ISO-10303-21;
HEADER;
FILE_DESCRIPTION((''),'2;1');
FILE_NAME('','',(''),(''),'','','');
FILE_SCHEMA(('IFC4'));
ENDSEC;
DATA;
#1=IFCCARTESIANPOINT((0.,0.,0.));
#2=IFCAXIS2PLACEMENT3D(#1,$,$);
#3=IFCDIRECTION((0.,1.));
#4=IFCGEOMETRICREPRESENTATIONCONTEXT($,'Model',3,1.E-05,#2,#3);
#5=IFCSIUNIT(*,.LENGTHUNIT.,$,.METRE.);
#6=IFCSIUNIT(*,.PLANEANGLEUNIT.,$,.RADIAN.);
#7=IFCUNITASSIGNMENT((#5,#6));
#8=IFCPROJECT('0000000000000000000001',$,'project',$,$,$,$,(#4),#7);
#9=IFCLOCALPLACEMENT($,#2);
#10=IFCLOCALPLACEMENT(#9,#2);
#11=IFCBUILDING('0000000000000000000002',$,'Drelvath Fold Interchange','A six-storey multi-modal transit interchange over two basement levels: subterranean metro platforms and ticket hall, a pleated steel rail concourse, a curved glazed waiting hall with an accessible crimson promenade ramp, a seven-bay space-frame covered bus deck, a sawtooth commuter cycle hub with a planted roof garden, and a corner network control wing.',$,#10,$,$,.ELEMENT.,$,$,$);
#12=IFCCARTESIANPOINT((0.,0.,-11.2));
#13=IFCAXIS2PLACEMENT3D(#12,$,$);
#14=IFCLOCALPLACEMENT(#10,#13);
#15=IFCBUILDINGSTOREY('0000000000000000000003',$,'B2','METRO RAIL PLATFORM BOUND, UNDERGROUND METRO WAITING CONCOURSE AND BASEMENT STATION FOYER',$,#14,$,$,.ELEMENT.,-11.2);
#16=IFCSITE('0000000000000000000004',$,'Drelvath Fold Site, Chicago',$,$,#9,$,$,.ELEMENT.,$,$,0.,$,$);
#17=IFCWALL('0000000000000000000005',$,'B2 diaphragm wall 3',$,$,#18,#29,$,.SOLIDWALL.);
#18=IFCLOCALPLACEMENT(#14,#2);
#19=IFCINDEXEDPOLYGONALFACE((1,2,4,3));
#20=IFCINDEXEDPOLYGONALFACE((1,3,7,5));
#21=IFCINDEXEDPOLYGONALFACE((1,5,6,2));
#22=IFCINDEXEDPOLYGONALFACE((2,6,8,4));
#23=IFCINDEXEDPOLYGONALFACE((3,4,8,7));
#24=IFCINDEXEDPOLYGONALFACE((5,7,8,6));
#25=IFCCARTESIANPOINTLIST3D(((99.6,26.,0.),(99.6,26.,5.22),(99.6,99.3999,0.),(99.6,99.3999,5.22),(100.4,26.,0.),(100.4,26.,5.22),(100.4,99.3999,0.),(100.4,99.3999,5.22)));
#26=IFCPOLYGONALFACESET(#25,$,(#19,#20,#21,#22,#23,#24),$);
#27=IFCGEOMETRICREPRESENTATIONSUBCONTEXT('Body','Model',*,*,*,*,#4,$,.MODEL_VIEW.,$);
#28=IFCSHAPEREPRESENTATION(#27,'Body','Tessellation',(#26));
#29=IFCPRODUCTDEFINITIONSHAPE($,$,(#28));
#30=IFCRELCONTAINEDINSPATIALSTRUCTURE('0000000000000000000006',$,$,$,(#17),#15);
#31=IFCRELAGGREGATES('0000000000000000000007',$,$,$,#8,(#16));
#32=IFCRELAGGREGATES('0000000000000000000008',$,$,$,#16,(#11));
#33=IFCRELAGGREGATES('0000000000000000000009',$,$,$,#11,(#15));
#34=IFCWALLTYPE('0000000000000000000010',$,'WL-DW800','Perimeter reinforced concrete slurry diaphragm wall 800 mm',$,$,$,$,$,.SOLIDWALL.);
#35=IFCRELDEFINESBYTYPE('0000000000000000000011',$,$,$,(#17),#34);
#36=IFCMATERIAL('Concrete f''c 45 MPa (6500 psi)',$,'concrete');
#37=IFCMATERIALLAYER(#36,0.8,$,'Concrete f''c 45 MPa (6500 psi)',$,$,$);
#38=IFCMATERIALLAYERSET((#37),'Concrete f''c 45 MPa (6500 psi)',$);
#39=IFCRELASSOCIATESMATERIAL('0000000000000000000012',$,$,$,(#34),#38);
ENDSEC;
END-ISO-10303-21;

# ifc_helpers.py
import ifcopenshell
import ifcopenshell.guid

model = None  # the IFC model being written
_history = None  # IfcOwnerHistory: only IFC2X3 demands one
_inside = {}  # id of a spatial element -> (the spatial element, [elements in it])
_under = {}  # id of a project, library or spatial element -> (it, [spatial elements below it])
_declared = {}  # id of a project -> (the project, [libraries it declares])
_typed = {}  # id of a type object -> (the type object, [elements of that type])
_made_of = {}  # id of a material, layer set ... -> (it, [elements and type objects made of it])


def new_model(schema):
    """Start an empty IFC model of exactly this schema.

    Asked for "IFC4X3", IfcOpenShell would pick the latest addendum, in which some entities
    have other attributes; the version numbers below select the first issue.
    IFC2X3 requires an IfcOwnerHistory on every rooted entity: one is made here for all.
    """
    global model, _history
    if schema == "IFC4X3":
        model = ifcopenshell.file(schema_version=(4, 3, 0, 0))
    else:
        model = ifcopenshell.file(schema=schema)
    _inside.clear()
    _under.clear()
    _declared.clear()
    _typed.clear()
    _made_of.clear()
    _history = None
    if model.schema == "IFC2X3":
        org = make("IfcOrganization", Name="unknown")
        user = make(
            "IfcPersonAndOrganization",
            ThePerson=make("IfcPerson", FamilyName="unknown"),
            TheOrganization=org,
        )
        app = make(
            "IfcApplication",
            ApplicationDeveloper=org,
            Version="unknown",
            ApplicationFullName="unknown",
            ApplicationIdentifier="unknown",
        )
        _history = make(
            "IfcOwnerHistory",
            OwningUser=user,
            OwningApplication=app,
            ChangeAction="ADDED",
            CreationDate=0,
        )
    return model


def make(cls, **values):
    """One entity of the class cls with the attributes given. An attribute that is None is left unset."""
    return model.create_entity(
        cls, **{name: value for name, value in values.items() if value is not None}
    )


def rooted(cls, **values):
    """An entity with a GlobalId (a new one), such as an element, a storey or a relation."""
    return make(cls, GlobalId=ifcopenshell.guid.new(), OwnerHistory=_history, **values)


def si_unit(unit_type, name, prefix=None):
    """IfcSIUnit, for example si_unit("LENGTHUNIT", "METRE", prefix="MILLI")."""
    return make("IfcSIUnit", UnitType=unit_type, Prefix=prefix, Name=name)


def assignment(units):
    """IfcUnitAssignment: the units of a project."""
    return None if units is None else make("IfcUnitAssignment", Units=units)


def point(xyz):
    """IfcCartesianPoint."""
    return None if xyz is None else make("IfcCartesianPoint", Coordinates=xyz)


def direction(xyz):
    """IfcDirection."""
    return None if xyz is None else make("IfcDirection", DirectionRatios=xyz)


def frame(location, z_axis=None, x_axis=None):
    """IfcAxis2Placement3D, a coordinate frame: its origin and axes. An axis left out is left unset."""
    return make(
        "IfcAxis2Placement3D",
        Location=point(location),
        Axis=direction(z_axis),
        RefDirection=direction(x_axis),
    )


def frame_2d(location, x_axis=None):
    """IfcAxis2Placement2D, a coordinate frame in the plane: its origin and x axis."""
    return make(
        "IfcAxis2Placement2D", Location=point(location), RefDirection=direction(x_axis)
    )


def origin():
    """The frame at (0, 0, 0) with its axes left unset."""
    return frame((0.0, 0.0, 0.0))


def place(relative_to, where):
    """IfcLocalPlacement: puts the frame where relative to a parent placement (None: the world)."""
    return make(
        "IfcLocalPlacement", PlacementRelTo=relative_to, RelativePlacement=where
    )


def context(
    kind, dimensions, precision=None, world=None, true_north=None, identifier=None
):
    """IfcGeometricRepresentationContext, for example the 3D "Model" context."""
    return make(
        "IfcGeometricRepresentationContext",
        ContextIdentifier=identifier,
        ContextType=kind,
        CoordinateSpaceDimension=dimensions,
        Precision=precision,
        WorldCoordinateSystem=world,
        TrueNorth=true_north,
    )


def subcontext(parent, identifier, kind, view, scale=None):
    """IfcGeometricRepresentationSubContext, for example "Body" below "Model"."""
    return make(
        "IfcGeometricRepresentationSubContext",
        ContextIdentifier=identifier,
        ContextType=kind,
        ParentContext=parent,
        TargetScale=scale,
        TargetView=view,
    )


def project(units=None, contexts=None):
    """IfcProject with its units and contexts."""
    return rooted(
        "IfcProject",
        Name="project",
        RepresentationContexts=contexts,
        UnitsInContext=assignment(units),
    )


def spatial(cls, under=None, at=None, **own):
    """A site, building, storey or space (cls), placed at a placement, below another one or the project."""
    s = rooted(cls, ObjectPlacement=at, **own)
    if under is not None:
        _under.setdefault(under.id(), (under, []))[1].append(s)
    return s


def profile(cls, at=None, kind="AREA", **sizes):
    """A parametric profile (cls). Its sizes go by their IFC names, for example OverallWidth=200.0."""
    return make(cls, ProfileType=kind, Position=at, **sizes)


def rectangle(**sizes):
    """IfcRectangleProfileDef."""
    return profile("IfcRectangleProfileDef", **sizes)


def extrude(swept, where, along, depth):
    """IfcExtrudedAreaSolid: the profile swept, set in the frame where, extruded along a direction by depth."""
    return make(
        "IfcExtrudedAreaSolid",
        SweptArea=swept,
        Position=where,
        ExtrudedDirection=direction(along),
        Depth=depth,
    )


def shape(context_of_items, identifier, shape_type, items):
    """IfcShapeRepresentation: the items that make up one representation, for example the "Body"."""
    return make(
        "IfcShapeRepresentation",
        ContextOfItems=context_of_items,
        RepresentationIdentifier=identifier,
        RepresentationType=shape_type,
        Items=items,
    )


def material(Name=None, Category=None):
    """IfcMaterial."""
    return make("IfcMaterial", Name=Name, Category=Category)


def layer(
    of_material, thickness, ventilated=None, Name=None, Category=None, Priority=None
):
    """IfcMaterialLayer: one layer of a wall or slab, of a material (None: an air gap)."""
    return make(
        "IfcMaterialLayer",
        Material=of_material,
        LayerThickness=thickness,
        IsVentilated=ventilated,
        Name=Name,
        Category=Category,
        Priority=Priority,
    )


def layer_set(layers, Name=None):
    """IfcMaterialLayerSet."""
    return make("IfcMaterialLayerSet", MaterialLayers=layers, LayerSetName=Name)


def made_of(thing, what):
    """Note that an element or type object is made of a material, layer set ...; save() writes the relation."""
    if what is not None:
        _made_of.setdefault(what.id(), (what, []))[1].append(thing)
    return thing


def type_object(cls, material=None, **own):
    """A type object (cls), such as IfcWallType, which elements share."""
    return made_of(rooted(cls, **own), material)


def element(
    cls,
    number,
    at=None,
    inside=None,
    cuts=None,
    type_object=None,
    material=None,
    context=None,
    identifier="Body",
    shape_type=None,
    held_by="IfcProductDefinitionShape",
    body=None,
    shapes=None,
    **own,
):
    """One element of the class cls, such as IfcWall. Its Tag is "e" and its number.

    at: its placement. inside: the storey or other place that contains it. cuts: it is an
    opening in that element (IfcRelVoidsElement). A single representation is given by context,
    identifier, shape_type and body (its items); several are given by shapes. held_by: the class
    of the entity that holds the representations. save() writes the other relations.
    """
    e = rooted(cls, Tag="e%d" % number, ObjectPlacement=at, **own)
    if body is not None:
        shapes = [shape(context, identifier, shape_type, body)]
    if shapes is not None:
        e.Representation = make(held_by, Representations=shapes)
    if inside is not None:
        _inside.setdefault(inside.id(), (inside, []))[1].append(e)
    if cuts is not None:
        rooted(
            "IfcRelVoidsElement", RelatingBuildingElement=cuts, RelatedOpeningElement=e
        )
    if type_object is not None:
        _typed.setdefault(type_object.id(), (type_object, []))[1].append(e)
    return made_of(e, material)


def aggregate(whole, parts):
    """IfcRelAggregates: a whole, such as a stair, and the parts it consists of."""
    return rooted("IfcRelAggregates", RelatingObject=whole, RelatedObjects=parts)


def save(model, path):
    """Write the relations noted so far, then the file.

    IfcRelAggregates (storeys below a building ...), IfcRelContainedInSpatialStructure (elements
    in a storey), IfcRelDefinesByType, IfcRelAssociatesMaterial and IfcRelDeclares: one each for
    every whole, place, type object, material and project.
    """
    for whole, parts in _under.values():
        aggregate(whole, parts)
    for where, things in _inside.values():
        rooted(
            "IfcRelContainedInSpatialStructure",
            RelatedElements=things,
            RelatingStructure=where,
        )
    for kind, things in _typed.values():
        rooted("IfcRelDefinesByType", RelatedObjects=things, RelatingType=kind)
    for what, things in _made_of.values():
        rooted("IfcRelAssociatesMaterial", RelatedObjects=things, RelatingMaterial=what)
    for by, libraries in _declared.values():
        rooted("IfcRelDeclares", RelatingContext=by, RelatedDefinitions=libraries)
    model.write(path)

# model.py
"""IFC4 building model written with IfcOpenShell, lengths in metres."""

from ifc_helpers import new_model, si_unit, direction, frame, frame_2d, origin, place, context, subcontext, project, spatial, rectangle, extrude, material, layer, layer_set, type_object, element, save


model = new_model("IFC4")

# Units and contexts
model_context = context("Model", 3, precision=1e-05, world=origin(), true_north=direction((0.0, 1.0)))
body_context = subcontext(model_context, "Body", "Model", "MODEL_VIEW")
ifc_project = project(units=[si_unit("LENGTHUNIT", "METRE"), si_unit("PLANEANGLEUNIT", "RADIAN")], contexts=[model_context])

# Site, building, storey
site_placement = place(None, origin())
site = spatial("IfcSite", under=ifc_project, at=site_placement, Name="Drelvath Fold Site, Chicago", CompositionType="ELEMENT", RefElevation=0.0)
building_placement = place(site_placement, origin())
building = spatial("IfcBuilding", under=site, at=building_placement, Name="Drelvath Fold Interchange", Description="A six-storey multi-modal transit interchange over two basement levels: subterranean metro platforms and ticket hall, a pleated steel rail concourse, a curved glazed waiting hall with an accessible crimson promenade ramp, a seven-bay space-frame covered bus deck, a sawtooth commuter cycle hub with a planted roof garden, and a corner network control wing.", CompositionType="ELEMENT")
storey_placement = place(building_placement, frame((0.0, 0.0, -11.2)))
storey = spatial("IfcBuildingStorey", under=building, at=storey_placement, Name="B2", Description="METRO RAIL PLATFORM BOUND, UNDERGROUND METRO WAITING CONCOURSE AND BASEMENT STATION FOYER", CompositionType="ELEMENT", Elevation=-11.2)

# Shared definitions
ifc_material_1 = material(Name="Concrete f'c 45 MPa (6500 psi)", Category="concrete")

# Wall
ifc_layer_1 = layer(ifc_material_1, 0.8, Name="Concrete f'c 45 MPa (6500 psi)")
ifc_layer_set_1 = layer_set([ifc_layer_1], Name="Concrete f'c 45 MPa (6500 psi)")
wall_type_1 = type_object("IfcWallType", Name="WL-DW800", Description="Perimeter reinforced concrete slurry diaphragm wall 800 mm", PredefinedType="SOLIDWALL", material=ifc_layer_set_1)
wall_1_placement = place(storey_placement, frame((100.0, 26.0, 0.0), z_axis=(0.0, 0.0, 1.0), x_axis=(0.0, 1.0, 0.0)))
element("IfcWall", 1, at=wall_1_placement, inside=storey, type_object=wall_type_1, Name="B2 diaphragm wall 3", PredefinedType="SOLIDWALL", context=body_context, shape_type="SweptSolid", body=[
    extrude(rectangle(XDim=73.3999, YDim=0.8, at=frame_2d((36.7, 0.0))), origin(), (0.0, 0.0, 1.0), 5.22),
])

save(model, "model.ifc")
